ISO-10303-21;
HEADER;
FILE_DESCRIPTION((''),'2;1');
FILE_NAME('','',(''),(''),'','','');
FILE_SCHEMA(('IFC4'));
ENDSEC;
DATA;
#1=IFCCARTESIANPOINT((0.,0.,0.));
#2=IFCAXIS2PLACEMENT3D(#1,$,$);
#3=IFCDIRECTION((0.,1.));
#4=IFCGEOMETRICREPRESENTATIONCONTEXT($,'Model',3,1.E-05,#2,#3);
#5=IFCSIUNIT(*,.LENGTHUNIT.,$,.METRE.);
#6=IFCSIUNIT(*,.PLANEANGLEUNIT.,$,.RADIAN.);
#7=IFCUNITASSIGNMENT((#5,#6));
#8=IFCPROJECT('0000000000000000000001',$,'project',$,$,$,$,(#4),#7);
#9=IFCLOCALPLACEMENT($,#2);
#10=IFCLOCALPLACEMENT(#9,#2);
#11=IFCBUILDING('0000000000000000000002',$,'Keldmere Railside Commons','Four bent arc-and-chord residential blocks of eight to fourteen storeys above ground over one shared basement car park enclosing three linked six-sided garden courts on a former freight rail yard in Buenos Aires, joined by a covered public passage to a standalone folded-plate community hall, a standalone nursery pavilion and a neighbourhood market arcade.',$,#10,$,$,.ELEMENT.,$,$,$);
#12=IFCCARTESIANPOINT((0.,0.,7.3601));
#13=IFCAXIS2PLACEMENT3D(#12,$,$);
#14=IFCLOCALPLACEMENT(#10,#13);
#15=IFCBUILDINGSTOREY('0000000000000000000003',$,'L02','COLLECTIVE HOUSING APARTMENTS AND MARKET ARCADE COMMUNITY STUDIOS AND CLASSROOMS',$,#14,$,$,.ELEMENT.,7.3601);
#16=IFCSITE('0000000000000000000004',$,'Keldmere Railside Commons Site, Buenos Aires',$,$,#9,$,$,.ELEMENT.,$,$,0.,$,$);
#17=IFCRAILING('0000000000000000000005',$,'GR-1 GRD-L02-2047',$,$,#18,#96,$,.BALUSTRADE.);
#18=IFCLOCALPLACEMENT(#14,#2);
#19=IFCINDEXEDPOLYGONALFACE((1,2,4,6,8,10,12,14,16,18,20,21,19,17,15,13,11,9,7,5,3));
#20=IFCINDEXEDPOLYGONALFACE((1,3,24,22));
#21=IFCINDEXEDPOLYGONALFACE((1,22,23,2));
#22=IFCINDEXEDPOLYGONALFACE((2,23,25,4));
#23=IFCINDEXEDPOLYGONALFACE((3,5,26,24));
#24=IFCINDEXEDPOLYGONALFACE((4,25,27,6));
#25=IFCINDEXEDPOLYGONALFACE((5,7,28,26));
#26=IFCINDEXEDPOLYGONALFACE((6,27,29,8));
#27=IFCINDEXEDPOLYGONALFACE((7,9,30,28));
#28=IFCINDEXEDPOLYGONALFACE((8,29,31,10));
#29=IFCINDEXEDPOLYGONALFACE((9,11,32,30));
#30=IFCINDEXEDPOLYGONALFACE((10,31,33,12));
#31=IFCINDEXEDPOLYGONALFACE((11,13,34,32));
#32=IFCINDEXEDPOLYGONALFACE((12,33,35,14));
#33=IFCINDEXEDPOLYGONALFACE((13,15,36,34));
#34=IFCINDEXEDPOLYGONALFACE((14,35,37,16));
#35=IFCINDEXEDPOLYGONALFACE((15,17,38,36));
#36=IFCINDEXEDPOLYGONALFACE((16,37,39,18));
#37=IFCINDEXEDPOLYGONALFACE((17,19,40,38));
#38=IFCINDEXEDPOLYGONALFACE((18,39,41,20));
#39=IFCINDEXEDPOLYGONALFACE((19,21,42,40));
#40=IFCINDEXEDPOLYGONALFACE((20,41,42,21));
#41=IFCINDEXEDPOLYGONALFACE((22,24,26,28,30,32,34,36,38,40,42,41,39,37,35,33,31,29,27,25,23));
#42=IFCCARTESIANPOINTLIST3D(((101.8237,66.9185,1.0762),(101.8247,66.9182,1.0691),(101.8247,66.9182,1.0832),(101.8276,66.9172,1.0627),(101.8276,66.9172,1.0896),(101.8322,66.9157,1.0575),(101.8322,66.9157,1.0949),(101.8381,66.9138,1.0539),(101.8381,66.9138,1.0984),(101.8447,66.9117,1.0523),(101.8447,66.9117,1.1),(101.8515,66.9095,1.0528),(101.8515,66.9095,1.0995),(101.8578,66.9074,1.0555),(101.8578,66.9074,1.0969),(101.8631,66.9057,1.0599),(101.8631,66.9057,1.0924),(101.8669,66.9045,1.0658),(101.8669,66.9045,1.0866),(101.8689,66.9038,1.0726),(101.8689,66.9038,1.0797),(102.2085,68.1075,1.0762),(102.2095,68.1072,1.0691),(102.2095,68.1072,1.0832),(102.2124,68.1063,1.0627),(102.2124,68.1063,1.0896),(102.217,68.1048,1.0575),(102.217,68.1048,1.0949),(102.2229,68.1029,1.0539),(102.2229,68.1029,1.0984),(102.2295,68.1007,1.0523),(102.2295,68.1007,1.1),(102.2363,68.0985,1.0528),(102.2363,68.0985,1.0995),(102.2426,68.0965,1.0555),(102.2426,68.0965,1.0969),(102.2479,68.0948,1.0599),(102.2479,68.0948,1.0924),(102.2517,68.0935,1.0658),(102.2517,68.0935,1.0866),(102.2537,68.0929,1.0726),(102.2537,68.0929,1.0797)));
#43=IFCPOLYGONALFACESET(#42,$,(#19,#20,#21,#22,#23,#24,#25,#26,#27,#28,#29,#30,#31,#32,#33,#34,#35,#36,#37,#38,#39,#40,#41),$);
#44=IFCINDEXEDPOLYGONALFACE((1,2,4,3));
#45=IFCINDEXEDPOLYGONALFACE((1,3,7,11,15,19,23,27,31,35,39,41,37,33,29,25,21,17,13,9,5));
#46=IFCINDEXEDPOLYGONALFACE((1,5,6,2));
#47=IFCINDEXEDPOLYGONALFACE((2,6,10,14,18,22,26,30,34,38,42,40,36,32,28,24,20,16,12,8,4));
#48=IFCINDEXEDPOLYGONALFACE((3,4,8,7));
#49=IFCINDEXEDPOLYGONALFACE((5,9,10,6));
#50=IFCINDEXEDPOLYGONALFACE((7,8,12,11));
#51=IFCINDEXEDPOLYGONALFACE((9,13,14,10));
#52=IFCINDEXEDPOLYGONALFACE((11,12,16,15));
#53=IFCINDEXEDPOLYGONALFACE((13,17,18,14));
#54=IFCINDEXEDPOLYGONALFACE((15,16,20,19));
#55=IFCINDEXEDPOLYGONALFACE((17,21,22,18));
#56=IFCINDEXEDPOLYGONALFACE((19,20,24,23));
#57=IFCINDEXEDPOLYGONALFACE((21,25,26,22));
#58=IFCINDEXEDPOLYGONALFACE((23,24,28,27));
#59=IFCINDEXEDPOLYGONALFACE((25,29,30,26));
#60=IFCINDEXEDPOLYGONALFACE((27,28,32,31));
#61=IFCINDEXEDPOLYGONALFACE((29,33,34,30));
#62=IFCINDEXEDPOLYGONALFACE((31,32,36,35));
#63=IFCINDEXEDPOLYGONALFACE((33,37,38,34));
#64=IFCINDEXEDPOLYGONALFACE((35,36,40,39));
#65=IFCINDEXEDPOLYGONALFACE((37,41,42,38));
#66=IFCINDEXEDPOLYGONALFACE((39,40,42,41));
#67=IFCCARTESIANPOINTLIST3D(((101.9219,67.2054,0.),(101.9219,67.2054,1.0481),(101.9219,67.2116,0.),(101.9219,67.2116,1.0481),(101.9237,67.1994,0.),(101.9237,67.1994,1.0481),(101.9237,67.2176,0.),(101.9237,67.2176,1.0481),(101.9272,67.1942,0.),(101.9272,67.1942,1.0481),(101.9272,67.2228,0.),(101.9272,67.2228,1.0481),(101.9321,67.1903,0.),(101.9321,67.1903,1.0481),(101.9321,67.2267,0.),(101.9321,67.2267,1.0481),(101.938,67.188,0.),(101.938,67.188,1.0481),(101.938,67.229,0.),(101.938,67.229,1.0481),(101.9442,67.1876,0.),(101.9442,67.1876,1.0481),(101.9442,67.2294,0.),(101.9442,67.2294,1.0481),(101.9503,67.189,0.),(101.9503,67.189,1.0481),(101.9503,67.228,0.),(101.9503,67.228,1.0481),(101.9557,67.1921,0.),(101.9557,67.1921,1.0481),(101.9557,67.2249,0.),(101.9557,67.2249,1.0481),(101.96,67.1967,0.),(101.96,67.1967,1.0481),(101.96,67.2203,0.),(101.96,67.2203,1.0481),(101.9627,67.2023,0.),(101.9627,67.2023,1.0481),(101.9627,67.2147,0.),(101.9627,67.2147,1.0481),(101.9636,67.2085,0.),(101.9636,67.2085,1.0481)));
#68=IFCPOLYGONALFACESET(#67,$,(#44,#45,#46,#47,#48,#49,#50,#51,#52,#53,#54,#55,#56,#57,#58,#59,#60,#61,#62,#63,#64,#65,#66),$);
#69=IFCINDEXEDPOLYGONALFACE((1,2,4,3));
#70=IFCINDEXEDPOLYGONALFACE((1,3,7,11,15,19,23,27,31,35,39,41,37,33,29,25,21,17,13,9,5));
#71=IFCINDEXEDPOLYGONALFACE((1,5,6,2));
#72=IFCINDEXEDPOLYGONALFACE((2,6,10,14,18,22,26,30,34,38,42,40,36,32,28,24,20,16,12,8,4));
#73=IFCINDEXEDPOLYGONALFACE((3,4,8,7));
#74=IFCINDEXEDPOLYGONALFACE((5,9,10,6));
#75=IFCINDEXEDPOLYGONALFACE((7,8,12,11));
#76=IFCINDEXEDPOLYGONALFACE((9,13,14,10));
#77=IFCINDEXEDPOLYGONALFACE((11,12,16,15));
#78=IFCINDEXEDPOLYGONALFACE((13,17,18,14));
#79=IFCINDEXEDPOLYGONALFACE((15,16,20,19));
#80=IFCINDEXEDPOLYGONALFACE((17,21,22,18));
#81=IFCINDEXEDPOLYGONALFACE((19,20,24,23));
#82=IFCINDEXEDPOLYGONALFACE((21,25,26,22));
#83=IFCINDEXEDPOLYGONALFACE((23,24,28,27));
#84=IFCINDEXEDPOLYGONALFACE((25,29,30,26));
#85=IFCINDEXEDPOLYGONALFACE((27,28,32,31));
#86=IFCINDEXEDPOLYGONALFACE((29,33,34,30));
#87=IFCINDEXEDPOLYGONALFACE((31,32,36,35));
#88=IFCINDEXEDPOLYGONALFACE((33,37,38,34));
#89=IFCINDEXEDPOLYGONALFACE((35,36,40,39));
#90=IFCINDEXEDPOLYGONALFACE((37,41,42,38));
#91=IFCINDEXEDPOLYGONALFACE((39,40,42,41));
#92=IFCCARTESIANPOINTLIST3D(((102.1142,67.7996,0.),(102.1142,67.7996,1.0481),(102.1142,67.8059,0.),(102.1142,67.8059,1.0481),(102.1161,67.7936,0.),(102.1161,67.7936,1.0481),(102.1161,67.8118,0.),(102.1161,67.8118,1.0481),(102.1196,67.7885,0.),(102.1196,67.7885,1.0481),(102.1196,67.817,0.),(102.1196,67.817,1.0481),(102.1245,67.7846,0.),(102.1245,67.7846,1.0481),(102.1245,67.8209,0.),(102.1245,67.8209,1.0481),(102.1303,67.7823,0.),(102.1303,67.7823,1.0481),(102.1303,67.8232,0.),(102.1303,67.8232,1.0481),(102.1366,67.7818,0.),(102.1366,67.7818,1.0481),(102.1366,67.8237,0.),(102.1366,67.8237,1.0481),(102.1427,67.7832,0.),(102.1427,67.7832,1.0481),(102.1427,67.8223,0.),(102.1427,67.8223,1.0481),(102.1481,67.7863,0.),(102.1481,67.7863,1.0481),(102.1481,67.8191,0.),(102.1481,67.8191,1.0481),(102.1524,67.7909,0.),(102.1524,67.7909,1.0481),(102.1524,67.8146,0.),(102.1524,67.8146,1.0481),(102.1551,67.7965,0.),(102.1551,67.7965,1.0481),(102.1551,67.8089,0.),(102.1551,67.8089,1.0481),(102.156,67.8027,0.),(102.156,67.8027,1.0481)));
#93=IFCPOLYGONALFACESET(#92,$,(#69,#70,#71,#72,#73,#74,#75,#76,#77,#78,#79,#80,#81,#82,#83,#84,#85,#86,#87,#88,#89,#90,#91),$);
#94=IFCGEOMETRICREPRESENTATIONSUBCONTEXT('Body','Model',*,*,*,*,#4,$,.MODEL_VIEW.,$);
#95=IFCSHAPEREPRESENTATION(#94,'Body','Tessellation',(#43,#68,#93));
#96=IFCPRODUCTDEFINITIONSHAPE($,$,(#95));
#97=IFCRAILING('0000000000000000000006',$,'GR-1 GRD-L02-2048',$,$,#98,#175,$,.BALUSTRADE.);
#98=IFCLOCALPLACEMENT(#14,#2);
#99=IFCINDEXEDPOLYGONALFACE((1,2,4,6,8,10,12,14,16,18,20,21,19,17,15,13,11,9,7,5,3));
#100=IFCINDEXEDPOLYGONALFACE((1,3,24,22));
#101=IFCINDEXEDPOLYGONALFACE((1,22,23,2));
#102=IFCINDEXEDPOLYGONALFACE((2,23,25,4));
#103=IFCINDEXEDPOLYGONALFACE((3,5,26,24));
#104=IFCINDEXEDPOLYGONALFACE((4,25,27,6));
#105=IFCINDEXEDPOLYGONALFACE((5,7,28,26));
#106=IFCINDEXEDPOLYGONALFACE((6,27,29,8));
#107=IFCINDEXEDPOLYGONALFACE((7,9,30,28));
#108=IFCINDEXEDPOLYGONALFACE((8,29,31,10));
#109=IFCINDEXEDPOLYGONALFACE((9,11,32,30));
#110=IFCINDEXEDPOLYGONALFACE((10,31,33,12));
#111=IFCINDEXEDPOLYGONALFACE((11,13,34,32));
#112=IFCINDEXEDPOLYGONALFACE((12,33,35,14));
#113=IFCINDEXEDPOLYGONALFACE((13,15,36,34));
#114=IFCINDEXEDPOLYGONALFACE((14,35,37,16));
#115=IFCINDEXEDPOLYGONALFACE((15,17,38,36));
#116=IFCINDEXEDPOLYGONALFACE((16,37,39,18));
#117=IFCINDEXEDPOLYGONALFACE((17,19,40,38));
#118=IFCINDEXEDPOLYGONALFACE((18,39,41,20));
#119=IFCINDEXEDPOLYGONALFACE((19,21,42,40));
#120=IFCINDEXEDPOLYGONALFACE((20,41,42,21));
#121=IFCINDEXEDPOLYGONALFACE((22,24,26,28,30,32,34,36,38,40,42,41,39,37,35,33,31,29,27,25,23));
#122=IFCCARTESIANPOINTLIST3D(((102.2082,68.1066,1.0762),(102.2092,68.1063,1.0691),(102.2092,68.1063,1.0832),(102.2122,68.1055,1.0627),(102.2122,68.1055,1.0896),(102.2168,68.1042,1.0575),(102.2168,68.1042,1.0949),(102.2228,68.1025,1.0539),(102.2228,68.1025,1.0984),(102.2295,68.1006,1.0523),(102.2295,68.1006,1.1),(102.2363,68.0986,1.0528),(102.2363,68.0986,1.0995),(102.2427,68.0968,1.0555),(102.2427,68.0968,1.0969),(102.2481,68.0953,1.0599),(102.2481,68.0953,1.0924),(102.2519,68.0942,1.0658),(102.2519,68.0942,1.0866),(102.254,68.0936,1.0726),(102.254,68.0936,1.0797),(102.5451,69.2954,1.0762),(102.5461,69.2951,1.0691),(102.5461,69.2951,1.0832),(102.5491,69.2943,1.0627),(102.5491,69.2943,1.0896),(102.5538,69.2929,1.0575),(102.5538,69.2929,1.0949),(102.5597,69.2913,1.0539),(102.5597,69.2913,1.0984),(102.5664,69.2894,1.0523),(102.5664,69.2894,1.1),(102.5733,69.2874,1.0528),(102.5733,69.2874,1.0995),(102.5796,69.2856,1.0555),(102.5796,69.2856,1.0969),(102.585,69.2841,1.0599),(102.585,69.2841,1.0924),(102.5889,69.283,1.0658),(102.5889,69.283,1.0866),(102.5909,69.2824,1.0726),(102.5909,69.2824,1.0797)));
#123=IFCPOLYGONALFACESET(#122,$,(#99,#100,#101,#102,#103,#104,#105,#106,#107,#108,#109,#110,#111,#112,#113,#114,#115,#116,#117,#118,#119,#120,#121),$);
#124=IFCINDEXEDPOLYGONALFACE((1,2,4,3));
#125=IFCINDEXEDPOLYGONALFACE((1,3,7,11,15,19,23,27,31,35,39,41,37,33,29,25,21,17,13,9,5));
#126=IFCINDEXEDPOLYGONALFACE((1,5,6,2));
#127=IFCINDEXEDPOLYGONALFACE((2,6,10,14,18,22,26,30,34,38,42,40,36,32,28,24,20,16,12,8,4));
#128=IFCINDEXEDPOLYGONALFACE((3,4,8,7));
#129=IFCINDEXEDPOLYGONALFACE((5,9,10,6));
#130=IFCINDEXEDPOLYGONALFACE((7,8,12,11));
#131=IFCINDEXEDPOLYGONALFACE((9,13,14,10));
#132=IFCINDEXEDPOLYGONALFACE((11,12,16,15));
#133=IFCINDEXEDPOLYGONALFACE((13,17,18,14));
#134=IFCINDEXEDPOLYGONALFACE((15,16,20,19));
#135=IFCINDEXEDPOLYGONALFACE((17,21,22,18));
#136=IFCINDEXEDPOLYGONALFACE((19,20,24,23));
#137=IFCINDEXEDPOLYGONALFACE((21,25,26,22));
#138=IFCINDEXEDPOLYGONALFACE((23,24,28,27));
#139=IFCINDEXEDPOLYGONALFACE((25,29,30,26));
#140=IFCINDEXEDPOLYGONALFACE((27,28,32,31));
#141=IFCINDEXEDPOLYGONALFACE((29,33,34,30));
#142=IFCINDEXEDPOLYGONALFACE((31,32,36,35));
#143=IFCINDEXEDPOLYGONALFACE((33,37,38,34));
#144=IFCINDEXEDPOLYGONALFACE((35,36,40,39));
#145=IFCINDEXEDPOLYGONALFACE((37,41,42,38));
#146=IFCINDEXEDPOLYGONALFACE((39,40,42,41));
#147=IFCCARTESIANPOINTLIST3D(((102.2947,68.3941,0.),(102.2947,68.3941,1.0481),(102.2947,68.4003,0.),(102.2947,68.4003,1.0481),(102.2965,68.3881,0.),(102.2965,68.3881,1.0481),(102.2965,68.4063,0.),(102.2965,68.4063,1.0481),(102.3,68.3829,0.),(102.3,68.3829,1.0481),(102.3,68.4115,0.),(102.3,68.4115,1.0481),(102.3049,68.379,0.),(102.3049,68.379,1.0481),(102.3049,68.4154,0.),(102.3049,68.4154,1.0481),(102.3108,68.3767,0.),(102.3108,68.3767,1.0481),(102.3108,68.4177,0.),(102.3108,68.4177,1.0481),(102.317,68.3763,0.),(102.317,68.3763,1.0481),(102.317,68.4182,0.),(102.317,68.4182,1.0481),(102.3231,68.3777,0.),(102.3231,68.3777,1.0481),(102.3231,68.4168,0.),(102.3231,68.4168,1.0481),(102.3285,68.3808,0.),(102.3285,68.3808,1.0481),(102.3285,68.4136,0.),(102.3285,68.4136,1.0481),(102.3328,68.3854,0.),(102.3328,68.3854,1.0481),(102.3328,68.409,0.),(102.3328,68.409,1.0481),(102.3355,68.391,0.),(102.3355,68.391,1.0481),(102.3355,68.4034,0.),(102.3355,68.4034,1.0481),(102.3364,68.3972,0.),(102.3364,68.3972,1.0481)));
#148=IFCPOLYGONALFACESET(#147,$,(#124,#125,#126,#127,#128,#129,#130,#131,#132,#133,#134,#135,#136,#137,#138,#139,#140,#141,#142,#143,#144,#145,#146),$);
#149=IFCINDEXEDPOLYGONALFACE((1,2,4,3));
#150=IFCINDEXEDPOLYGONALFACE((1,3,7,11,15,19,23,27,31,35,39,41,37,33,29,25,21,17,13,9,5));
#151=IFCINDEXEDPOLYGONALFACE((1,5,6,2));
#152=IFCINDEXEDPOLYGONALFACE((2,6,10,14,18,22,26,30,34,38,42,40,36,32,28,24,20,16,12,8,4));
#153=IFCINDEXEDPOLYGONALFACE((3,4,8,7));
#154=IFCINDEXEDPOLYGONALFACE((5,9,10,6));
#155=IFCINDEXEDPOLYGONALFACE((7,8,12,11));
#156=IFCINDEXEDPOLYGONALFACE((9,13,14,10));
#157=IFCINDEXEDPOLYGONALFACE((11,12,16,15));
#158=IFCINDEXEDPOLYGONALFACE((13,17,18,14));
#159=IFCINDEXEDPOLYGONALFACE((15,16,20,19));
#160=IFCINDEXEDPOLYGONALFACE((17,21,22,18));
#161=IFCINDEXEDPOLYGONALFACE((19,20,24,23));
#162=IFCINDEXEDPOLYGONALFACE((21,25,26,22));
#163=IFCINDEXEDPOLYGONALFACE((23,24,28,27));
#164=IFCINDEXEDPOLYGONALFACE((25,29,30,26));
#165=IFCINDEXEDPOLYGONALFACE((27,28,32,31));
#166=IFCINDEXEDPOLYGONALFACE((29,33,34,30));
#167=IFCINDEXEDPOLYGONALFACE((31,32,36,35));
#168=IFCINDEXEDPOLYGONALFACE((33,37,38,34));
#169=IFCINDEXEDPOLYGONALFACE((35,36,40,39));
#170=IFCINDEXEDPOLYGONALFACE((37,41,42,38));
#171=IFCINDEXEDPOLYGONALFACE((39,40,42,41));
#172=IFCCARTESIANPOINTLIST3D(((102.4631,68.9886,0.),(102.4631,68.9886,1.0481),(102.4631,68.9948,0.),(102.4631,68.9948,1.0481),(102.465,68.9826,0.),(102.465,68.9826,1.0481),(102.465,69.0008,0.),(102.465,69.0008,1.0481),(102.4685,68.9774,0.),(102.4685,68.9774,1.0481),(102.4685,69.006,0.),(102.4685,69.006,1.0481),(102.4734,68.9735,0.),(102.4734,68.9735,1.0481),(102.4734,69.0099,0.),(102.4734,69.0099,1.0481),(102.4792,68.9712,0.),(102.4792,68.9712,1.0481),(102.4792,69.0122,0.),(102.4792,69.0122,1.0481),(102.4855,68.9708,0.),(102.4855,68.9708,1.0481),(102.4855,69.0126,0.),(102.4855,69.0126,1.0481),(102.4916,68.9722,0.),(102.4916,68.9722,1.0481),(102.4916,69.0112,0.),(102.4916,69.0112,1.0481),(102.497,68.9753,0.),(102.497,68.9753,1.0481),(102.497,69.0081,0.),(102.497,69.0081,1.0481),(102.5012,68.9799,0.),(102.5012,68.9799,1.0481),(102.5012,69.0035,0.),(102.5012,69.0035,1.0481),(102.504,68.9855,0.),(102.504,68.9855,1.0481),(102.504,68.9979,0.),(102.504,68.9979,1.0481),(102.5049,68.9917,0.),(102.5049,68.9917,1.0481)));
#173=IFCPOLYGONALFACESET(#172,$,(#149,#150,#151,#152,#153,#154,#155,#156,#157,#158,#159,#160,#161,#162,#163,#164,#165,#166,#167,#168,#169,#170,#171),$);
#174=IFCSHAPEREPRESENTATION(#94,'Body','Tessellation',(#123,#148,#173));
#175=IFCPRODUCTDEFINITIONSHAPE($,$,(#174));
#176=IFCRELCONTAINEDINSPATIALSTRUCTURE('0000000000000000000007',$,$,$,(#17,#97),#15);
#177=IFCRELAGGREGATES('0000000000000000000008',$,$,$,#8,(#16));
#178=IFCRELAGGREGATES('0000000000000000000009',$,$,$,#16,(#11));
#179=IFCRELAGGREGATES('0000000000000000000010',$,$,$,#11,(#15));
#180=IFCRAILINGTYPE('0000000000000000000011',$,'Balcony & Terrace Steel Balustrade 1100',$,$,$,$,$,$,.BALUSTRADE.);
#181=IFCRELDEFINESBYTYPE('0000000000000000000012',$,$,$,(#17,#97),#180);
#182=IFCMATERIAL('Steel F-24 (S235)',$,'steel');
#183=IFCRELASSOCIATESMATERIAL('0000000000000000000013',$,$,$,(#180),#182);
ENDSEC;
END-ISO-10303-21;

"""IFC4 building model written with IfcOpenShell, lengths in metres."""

from ifc_helpers import new_model, si_unit, direction, frame, origin, origin_2d, place, context, subcontext, project, spatial, circle, extrude, material, type_object, element, save


model = new_model("IFC4")

# Units and contexts
model_context = context("Model", 3, precision=1e-05, world=origin(), true_north=direction((0.0, 1.0)))
body_context = subcontext(model_context, "Body", "Model", "MODEL_VIEW")
ifc_project = project(units=[si_unit("LENGTHUNIT", "METRE"), si_unit("PLANEANGLEUNIT", "RADIAN")], contexts=[model_context])

# Site, building, storey
site_placement = place(None, origin())
site = spatial("IfcSite", under=ifc_project, at=site_placement, Name="Keldmere Railside Commons Site, Buenos Aires", CompositionType="ELEMENT", RefElevation=0.0)
building_placement = place(site_placement, origin())
building = spatial("IfcBuilding", under=site, at=building_placement, Name="Keldmere Railside Commons", Description="Four bent arc-and-chord residential blocks of eight to fourteen storeys above ground over one shared basement car park enclosing three linked six-sided garden courts on a former freight rail yard in Buenos Aires, joined by a covered public passage to a standalone folded-plate community hall, a standalone nursery pavilion and a neighbourhood market arcade.", CompositionType="ELEMENT")
storey_placement = place(building_placement, frame((0.0, 0.0, 7.3601)))
storey = spatial("IfcBuildingStorey", under=building, at=storey_placement, Name="L02", Description="COLLECTIVE HOUSING APARTMENTS AND MARKET ARCADE COMMUNITY STUDIOS AND CLASSROOMS", CompositionType="ELEMENT", Elevation=7.3601)

# Railings
ifc_material_1 = material(Name="Steel F-24 (S235)", Category="steel")
railing_type_1 = type_object("IfcRailingType", Name="Balcony & Terrace Steel Balustrade 1100", PredefinedType="BALUSTRADE", material=ifc_material_1)
railing_1_placement = place(storey_placement, frame((101.8464, 66.9111, 0.0)))
element("IfcRailing", 1, at=railing_1_placement, inside=storey, type_object=railing_type_1, Name="GR-1 GRD-L02-2047", PredefinedType="BALUSTRADE", context=body_context, shape_type="SweptSolid", body=[
    extrude(circle(Radius=0.0239, at=origin_2d()), frame((0.0, 0.0, 1.0762), z_axis=(0.307893, 0.951421, 0.0), x_axis=(-0.951421, 0.307893, 0.0)), (0.0, 0.0, 1.0), 1.2498),
    extrude(circle(Radius=0.021, at=origin_2d()), frame((0.0962, 0.2974, 0.0)), (0.0, 0.0, 1.0), 1.0481),
    extrude(circle(Radius=0.021, at=origin_2d()), frame((0.2886, 0.8916, 0.0)), (0.0, 0.0, 1.0), 1.0481),
])
railing_2_placement = place(storey_placement, frame((102.2312, 68.1001, 0.0)))
element("IfcRailing", 2, at=railing_2_placement, inside=storey, type_object=railing_type_1, Name="GR-1 GRD-L02-2048", PredefinedType="BALUSTRADE", context=body_context, shape_type="SweptSolid", body=[
    extrude(circle(Radius=0.0239, at=origin_2d()), frame((0.0, 0.0, 1.0762), z_axis=(0.272685, 0.962103, 0.0), x_axis=(-0.962103, 0.272685, 0.0)), (0.0, 0.0, 1.0), 1.2356),
    extrude(circle(Radius=0.021, at=origin_2d()), frame((0.0842, 0.2971, 0.0)), (0.0, 0.0, 1.0), 1.0481),
    extrude(circle(Radius=0.021, at=origin_2d()), frame((0.2527, 0.8916, 0.0)), (0.0, 0.0, 1.0), 1.0481),
])

save(model, "model.ifc")
